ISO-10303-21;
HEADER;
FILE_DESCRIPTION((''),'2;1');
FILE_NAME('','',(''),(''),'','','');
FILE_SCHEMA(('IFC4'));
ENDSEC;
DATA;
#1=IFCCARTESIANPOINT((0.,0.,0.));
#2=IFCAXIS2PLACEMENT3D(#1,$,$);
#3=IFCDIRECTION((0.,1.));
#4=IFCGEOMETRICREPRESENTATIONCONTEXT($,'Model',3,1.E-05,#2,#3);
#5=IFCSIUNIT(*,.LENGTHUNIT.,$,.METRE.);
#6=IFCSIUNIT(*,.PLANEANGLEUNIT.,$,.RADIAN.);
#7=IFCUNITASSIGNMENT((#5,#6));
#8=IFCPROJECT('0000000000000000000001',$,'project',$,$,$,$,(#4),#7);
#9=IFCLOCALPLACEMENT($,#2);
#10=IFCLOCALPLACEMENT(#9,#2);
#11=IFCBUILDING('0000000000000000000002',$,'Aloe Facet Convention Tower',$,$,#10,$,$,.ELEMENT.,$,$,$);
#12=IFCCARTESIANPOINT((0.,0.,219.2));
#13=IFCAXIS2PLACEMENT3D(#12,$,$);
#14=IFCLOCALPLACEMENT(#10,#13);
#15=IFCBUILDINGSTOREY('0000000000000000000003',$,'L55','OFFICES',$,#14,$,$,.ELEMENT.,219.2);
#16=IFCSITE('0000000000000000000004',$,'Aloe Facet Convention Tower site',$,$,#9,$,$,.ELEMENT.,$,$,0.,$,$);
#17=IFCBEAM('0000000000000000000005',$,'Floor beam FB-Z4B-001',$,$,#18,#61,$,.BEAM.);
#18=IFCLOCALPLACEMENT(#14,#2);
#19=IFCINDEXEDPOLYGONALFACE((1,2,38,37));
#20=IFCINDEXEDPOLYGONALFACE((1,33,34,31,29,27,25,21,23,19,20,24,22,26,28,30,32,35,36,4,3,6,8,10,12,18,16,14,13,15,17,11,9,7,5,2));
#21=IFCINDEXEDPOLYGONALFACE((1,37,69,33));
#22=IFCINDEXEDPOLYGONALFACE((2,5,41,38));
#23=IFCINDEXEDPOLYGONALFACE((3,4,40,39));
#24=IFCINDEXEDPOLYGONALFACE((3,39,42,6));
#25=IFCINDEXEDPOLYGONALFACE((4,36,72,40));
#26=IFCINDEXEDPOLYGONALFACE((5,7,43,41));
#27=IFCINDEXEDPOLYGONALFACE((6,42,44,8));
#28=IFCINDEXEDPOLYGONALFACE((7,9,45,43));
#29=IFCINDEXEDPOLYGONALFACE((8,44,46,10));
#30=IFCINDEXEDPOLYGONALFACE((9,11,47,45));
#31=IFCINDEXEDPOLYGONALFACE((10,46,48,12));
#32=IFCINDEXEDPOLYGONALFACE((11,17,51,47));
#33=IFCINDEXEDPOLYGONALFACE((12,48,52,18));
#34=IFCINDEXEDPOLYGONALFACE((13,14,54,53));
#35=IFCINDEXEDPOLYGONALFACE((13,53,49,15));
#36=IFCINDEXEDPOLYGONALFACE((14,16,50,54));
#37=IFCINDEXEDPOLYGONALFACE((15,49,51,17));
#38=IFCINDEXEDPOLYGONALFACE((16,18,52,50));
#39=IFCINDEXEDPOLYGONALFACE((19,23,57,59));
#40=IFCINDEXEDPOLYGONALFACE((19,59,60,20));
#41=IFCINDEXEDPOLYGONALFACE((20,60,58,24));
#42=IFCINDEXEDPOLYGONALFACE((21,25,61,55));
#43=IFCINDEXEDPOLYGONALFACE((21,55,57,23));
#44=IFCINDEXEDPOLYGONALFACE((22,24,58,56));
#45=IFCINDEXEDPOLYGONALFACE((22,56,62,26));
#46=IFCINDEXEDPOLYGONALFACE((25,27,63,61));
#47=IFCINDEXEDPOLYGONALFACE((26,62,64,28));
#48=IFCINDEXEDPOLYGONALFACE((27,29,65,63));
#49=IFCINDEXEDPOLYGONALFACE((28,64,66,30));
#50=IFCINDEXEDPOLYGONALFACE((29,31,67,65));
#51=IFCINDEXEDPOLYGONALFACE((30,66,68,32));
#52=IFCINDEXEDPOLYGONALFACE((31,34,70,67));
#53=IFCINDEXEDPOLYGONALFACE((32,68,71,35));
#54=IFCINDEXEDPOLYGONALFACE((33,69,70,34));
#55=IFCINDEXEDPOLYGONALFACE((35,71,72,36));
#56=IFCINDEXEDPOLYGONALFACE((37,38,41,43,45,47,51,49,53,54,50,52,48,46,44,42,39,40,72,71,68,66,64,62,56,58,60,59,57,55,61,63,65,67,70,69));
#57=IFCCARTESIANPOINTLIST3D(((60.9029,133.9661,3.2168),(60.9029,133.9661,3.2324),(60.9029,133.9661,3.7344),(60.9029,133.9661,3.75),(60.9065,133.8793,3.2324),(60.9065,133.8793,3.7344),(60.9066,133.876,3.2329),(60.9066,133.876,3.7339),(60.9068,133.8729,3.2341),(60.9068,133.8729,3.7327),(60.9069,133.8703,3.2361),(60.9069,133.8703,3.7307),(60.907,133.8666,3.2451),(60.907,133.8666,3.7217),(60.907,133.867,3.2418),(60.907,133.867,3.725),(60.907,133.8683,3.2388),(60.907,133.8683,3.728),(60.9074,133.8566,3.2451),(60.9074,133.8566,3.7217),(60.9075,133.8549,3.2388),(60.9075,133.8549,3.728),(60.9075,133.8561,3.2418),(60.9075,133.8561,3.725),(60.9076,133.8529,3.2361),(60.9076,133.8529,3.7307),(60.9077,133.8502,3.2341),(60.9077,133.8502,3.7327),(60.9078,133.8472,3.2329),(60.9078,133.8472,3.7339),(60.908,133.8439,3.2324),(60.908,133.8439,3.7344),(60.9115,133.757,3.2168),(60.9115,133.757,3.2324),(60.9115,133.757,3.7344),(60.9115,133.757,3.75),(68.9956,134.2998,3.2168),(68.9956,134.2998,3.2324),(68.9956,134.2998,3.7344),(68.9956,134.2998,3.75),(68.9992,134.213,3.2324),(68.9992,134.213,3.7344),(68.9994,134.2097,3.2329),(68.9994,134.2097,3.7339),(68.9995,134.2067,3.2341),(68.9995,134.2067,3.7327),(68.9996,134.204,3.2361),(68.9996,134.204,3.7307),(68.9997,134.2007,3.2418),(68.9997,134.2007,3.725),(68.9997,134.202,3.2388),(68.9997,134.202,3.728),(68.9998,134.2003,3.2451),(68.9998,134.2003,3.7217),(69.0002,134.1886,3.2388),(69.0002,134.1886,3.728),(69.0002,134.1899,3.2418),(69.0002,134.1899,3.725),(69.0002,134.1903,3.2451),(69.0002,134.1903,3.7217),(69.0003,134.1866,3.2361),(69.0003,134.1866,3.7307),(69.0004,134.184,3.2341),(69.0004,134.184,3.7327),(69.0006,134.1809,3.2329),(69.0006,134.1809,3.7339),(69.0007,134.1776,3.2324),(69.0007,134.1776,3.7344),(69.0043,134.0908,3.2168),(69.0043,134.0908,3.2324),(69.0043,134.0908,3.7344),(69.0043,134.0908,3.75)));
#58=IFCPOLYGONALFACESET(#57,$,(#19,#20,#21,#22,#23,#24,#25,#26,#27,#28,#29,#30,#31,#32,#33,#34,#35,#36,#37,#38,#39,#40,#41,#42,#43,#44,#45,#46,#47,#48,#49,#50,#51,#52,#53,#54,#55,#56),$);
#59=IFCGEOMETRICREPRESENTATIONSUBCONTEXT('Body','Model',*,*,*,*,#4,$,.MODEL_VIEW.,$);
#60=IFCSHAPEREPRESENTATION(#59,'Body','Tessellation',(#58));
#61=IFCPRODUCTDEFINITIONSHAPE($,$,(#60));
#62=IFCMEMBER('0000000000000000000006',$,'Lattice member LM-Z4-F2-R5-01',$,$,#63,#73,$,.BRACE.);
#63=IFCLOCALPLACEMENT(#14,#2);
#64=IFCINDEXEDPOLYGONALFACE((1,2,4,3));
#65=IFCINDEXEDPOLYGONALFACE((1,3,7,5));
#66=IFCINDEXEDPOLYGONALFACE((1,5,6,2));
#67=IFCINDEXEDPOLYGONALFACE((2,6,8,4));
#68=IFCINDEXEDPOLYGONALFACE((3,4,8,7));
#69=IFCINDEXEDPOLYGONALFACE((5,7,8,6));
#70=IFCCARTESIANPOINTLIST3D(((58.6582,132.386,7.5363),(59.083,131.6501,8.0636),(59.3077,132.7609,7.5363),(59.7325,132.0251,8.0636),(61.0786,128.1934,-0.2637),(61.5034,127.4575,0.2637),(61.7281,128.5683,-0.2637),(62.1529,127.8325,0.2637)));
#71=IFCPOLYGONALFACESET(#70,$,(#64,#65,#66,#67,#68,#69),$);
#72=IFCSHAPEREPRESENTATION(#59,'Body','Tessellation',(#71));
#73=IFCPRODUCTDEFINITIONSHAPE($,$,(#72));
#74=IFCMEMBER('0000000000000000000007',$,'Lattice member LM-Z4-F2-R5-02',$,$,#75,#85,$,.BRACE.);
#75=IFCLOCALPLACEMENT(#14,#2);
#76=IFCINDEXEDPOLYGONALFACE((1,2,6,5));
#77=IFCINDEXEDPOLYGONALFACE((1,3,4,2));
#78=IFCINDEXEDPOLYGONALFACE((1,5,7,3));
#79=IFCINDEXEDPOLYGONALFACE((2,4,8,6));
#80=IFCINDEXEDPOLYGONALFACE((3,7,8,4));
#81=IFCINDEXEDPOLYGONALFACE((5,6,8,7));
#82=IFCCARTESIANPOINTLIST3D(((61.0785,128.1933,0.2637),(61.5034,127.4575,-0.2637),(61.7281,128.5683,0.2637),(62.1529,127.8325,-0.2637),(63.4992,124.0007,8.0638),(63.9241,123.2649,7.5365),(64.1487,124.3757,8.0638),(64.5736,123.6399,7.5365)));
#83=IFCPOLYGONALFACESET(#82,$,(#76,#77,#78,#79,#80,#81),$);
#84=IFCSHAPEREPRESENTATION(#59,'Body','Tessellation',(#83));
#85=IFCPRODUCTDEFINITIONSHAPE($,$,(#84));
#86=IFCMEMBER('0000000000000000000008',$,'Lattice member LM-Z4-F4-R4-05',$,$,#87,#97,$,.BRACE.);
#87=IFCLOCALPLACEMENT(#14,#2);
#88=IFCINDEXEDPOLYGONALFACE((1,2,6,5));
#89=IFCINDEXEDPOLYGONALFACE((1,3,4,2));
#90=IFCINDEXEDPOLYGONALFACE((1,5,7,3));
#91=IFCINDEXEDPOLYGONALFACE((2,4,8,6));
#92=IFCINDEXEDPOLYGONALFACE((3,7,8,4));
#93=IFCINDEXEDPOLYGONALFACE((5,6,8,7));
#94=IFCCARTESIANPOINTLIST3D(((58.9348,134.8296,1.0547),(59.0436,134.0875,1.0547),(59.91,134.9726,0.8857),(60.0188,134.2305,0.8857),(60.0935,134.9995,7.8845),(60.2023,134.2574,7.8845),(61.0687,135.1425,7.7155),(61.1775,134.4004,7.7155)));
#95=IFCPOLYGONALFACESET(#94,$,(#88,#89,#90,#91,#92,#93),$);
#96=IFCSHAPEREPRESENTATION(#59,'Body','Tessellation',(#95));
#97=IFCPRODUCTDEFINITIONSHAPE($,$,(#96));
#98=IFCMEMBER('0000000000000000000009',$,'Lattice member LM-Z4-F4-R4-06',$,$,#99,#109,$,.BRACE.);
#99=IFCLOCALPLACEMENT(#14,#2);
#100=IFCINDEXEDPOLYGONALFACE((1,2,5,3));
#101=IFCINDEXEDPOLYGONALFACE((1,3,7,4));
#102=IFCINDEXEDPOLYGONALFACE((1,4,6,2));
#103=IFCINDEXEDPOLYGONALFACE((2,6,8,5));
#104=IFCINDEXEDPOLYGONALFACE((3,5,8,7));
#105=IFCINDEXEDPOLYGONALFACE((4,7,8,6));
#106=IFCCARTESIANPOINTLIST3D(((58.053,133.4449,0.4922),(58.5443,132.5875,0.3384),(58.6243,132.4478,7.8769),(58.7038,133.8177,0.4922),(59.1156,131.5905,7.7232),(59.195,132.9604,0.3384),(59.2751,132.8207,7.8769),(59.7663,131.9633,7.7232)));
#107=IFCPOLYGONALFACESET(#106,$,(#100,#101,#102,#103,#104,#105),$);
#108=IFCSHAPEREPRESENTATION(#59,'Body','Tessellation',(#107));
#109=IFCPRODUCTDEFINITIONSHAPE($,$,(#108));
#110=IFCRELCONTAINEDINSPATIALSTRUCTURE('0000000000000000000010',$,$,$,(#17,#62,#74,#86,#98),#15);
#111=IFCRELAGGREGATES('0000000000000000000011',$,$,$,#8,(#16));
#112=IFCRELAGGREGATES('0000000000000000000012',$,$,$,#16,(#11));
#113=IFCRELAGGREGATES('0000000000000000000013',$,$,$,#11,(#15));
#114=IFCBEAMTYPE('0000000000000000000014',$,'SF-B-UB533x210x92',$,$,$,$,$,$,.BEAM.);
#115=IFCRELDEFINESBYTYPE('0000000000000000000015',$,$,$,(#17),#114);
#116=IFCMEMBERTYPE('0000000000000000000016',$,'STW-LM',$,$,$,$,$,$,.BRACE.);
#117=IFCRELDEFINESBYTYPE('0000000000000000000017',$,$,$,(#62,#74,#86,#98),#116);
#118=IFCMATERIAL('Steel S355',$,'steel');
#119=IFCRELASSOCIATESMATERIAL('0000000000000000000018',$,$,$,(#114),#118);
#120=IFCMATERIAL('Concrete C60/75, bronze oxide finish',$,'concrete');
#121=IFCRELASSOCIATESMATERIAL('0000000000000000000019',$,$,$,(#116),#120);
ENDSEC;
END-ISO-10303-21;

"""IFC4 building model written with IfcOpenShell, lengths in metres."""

from ifc_helpers import new_model, si_unit, direction, frame, origin, origin_2d, place, context, subcontext, project, spatial, rectangle, i_section, extrude, material, material_profile, profile_set, type_object, element, save


model = new_model("IFC4")

# Units and contexts
model_context = context("Model", 3, precision=1e-05, world=origin(), true_north=direction((0.0, 1.0)))
body_context = subcontext(model_context, "Body", "Model", "MODEL_VIEW")
ifc_project = project(units=[si_unit("LENGTHUNIT", "METRE"), si_unit("PLANEANGLEUNIT", "RADIAN")], contexts=[model_context])

# Site, building, storey
site_placement = place(None, origin())
site = spatial("IfcSite", under=ifc_project, at=site_placement, Name="Aloe Facet Convention Tower site", CompositionType="ELEMENT", RefElevation=0.0)
building_placement = place(site_placement, origin())
building = spatial("IfcBuilding", under=site, at=building_placement, Name="Aloe Facet Convention Tower", CompositionType="ELEMENT")
storey_placement = place(building_placement, frame((0.0, 0.0, 219.2)))
storey = spatial("IfcBuildingStorey", under=building, at=storey_placement, Name="L55", Description="OFFICES", CompositionType="ELEMENT", Elevation=219.2)

# Beam
ifc_material_1 = material(Name="Steel S355", Category="steel")
ifc_material_profile_1 = material_profile(ifc_material_1, i_section(OverallWidth=0.2092, OverallDepth=0.5332, WebThickness=0.01, FlangeThickness=0.0156, FilletRadius=0.0127, at=origin_2d()), Name="UB 533x210x92")
ifc_profile_set_1 = profile_set([ifc_material_profile_1], Name="Steel S355")
beam_type_1 = type_object("IfcBeamType", Name="SF-B-UB533x210x92", PredefinedType="BEAM", material=ifc_profile_set_1)
beam_1_placement = place(storey_placement, frame((60.9072, 133.8616, 3.4834), z_axis=(0.999151, 0.041204, 0.0), x_axis=(-0.041204, 0.999151, 0.0)))
element("IfcBeam", 1, at=beam_1_placement, inside=storey, type_object=beam_type_1, Name="Floor beam FB-Z4B-001", PredefinedType="BEAM", context=body_context, shape_type="SweptSolid", body=[
    extrude(i_section(OverallWidth=0.2092, OverallDepth=0.5332, WebThickness=0.01, FlangeThickness=0.0156, FilletRadius=0.0127, at=origin_2d()), origin(), (0.0, 0.0, 1.0), 8.0996),
])

# Members
ifc_material_2 = material(Name="Concrete C60/75, bronze oxide finish", Category="concrete")
ifc_material_profile_2 = material_profile(ifc_material_2, rectangle(XDim=0.75, YDim=1.0, at=origin_2d()), Name="STW-LM")
ifc_profile_set_2 = profile_set([ifc_material_profile_2], Name="Concrete C60/75, bronze oxide finish")
member_type = type_object("IfcMemberType", Name="STW-LM", PredefinedType="BRACE", material=ifc_profile_set_2)
member_1_placement = place(storey_placement, frame((61.6157, 128.0129, 0.0), z_axis=(-0.263654, 0.4567, 0.849654), x_axis=(-0.866044, -0.499968, 0.0)))
element("IfcMember", 2, at=member_1_placement, inside=storey, type_object=member_type, Name="Lattice member LM-Z4-F2-R5-01", PredefinedType="BRACE", context=body_context, shape_type="SweptSolid", body=[
    extrude(rectangle(XDim=0.75, YDim=1.0, at=origin_2d()), origin(), (0.0, 0.0, 1.0), 9.1802),
])
member_2_placement = place(storey_placement, frame((61.6157, 128.0129, 0.0), z_axis=(0.263678, -0.456697, 0.849648), x_axis=(0.866022, 0.500006, 0.0)))
element("IfcMember", 3, at=member_2_placement, inside=storey, type_object=member_type, Name="Lattice member LM-Z4-F2-R5-02", PredefinedType="BRACE", context=body_context, shape_type="SweptSolid", body=[
    extrude(rectangle(XDim=0.75, YDim=1.0, at=origin_2d()), origin(), (0.0, 0.0, 1.0), 9.1804),
])
member_3_placement = place(storey_placement, frame((59.4768, 134.53, 0.9702), z_axis=(0.167211, 0.024521, 0.985616), x_axis=(-0.145098, 0.989417, 0.0)))
element("IfcMember", 4, at=member_3_placement, inside=storey, type_object=member_type, Name="Lattice member LM-Z4-F4-R4-05", PredefinedType="BRACE", context=body_context, shape_type="SweptSolid", body=[
    extrude(rectangle(XDim=0.75, YDim=1.0, at=origin_2d()), origin(), (0.0, 0.0, 1.0), 6.9294),
])
member_4_placement = place(storey_placement, frame((58.624, 133.2026, 0.4153), z_axis=(0.076441, -0.133412, 0.988108), x_axis=(0.867667, 0.497145, 0.0)))
element("IfcMember", 5, at=member_4_placement, inside=storey, type_object=member_type, Name="Lattice member LM-Z4-F4-R4-06", PredefinedType="BRACE", context=body_context, shape_type="SweptSolid", body=[
    extrude(rectangle(XDim=0.75, YDim=1.0, at=origin_2d()), origin(), (0.0, 0.0, 1.0), 7.4736),
])

save(model, "model.ifc")
